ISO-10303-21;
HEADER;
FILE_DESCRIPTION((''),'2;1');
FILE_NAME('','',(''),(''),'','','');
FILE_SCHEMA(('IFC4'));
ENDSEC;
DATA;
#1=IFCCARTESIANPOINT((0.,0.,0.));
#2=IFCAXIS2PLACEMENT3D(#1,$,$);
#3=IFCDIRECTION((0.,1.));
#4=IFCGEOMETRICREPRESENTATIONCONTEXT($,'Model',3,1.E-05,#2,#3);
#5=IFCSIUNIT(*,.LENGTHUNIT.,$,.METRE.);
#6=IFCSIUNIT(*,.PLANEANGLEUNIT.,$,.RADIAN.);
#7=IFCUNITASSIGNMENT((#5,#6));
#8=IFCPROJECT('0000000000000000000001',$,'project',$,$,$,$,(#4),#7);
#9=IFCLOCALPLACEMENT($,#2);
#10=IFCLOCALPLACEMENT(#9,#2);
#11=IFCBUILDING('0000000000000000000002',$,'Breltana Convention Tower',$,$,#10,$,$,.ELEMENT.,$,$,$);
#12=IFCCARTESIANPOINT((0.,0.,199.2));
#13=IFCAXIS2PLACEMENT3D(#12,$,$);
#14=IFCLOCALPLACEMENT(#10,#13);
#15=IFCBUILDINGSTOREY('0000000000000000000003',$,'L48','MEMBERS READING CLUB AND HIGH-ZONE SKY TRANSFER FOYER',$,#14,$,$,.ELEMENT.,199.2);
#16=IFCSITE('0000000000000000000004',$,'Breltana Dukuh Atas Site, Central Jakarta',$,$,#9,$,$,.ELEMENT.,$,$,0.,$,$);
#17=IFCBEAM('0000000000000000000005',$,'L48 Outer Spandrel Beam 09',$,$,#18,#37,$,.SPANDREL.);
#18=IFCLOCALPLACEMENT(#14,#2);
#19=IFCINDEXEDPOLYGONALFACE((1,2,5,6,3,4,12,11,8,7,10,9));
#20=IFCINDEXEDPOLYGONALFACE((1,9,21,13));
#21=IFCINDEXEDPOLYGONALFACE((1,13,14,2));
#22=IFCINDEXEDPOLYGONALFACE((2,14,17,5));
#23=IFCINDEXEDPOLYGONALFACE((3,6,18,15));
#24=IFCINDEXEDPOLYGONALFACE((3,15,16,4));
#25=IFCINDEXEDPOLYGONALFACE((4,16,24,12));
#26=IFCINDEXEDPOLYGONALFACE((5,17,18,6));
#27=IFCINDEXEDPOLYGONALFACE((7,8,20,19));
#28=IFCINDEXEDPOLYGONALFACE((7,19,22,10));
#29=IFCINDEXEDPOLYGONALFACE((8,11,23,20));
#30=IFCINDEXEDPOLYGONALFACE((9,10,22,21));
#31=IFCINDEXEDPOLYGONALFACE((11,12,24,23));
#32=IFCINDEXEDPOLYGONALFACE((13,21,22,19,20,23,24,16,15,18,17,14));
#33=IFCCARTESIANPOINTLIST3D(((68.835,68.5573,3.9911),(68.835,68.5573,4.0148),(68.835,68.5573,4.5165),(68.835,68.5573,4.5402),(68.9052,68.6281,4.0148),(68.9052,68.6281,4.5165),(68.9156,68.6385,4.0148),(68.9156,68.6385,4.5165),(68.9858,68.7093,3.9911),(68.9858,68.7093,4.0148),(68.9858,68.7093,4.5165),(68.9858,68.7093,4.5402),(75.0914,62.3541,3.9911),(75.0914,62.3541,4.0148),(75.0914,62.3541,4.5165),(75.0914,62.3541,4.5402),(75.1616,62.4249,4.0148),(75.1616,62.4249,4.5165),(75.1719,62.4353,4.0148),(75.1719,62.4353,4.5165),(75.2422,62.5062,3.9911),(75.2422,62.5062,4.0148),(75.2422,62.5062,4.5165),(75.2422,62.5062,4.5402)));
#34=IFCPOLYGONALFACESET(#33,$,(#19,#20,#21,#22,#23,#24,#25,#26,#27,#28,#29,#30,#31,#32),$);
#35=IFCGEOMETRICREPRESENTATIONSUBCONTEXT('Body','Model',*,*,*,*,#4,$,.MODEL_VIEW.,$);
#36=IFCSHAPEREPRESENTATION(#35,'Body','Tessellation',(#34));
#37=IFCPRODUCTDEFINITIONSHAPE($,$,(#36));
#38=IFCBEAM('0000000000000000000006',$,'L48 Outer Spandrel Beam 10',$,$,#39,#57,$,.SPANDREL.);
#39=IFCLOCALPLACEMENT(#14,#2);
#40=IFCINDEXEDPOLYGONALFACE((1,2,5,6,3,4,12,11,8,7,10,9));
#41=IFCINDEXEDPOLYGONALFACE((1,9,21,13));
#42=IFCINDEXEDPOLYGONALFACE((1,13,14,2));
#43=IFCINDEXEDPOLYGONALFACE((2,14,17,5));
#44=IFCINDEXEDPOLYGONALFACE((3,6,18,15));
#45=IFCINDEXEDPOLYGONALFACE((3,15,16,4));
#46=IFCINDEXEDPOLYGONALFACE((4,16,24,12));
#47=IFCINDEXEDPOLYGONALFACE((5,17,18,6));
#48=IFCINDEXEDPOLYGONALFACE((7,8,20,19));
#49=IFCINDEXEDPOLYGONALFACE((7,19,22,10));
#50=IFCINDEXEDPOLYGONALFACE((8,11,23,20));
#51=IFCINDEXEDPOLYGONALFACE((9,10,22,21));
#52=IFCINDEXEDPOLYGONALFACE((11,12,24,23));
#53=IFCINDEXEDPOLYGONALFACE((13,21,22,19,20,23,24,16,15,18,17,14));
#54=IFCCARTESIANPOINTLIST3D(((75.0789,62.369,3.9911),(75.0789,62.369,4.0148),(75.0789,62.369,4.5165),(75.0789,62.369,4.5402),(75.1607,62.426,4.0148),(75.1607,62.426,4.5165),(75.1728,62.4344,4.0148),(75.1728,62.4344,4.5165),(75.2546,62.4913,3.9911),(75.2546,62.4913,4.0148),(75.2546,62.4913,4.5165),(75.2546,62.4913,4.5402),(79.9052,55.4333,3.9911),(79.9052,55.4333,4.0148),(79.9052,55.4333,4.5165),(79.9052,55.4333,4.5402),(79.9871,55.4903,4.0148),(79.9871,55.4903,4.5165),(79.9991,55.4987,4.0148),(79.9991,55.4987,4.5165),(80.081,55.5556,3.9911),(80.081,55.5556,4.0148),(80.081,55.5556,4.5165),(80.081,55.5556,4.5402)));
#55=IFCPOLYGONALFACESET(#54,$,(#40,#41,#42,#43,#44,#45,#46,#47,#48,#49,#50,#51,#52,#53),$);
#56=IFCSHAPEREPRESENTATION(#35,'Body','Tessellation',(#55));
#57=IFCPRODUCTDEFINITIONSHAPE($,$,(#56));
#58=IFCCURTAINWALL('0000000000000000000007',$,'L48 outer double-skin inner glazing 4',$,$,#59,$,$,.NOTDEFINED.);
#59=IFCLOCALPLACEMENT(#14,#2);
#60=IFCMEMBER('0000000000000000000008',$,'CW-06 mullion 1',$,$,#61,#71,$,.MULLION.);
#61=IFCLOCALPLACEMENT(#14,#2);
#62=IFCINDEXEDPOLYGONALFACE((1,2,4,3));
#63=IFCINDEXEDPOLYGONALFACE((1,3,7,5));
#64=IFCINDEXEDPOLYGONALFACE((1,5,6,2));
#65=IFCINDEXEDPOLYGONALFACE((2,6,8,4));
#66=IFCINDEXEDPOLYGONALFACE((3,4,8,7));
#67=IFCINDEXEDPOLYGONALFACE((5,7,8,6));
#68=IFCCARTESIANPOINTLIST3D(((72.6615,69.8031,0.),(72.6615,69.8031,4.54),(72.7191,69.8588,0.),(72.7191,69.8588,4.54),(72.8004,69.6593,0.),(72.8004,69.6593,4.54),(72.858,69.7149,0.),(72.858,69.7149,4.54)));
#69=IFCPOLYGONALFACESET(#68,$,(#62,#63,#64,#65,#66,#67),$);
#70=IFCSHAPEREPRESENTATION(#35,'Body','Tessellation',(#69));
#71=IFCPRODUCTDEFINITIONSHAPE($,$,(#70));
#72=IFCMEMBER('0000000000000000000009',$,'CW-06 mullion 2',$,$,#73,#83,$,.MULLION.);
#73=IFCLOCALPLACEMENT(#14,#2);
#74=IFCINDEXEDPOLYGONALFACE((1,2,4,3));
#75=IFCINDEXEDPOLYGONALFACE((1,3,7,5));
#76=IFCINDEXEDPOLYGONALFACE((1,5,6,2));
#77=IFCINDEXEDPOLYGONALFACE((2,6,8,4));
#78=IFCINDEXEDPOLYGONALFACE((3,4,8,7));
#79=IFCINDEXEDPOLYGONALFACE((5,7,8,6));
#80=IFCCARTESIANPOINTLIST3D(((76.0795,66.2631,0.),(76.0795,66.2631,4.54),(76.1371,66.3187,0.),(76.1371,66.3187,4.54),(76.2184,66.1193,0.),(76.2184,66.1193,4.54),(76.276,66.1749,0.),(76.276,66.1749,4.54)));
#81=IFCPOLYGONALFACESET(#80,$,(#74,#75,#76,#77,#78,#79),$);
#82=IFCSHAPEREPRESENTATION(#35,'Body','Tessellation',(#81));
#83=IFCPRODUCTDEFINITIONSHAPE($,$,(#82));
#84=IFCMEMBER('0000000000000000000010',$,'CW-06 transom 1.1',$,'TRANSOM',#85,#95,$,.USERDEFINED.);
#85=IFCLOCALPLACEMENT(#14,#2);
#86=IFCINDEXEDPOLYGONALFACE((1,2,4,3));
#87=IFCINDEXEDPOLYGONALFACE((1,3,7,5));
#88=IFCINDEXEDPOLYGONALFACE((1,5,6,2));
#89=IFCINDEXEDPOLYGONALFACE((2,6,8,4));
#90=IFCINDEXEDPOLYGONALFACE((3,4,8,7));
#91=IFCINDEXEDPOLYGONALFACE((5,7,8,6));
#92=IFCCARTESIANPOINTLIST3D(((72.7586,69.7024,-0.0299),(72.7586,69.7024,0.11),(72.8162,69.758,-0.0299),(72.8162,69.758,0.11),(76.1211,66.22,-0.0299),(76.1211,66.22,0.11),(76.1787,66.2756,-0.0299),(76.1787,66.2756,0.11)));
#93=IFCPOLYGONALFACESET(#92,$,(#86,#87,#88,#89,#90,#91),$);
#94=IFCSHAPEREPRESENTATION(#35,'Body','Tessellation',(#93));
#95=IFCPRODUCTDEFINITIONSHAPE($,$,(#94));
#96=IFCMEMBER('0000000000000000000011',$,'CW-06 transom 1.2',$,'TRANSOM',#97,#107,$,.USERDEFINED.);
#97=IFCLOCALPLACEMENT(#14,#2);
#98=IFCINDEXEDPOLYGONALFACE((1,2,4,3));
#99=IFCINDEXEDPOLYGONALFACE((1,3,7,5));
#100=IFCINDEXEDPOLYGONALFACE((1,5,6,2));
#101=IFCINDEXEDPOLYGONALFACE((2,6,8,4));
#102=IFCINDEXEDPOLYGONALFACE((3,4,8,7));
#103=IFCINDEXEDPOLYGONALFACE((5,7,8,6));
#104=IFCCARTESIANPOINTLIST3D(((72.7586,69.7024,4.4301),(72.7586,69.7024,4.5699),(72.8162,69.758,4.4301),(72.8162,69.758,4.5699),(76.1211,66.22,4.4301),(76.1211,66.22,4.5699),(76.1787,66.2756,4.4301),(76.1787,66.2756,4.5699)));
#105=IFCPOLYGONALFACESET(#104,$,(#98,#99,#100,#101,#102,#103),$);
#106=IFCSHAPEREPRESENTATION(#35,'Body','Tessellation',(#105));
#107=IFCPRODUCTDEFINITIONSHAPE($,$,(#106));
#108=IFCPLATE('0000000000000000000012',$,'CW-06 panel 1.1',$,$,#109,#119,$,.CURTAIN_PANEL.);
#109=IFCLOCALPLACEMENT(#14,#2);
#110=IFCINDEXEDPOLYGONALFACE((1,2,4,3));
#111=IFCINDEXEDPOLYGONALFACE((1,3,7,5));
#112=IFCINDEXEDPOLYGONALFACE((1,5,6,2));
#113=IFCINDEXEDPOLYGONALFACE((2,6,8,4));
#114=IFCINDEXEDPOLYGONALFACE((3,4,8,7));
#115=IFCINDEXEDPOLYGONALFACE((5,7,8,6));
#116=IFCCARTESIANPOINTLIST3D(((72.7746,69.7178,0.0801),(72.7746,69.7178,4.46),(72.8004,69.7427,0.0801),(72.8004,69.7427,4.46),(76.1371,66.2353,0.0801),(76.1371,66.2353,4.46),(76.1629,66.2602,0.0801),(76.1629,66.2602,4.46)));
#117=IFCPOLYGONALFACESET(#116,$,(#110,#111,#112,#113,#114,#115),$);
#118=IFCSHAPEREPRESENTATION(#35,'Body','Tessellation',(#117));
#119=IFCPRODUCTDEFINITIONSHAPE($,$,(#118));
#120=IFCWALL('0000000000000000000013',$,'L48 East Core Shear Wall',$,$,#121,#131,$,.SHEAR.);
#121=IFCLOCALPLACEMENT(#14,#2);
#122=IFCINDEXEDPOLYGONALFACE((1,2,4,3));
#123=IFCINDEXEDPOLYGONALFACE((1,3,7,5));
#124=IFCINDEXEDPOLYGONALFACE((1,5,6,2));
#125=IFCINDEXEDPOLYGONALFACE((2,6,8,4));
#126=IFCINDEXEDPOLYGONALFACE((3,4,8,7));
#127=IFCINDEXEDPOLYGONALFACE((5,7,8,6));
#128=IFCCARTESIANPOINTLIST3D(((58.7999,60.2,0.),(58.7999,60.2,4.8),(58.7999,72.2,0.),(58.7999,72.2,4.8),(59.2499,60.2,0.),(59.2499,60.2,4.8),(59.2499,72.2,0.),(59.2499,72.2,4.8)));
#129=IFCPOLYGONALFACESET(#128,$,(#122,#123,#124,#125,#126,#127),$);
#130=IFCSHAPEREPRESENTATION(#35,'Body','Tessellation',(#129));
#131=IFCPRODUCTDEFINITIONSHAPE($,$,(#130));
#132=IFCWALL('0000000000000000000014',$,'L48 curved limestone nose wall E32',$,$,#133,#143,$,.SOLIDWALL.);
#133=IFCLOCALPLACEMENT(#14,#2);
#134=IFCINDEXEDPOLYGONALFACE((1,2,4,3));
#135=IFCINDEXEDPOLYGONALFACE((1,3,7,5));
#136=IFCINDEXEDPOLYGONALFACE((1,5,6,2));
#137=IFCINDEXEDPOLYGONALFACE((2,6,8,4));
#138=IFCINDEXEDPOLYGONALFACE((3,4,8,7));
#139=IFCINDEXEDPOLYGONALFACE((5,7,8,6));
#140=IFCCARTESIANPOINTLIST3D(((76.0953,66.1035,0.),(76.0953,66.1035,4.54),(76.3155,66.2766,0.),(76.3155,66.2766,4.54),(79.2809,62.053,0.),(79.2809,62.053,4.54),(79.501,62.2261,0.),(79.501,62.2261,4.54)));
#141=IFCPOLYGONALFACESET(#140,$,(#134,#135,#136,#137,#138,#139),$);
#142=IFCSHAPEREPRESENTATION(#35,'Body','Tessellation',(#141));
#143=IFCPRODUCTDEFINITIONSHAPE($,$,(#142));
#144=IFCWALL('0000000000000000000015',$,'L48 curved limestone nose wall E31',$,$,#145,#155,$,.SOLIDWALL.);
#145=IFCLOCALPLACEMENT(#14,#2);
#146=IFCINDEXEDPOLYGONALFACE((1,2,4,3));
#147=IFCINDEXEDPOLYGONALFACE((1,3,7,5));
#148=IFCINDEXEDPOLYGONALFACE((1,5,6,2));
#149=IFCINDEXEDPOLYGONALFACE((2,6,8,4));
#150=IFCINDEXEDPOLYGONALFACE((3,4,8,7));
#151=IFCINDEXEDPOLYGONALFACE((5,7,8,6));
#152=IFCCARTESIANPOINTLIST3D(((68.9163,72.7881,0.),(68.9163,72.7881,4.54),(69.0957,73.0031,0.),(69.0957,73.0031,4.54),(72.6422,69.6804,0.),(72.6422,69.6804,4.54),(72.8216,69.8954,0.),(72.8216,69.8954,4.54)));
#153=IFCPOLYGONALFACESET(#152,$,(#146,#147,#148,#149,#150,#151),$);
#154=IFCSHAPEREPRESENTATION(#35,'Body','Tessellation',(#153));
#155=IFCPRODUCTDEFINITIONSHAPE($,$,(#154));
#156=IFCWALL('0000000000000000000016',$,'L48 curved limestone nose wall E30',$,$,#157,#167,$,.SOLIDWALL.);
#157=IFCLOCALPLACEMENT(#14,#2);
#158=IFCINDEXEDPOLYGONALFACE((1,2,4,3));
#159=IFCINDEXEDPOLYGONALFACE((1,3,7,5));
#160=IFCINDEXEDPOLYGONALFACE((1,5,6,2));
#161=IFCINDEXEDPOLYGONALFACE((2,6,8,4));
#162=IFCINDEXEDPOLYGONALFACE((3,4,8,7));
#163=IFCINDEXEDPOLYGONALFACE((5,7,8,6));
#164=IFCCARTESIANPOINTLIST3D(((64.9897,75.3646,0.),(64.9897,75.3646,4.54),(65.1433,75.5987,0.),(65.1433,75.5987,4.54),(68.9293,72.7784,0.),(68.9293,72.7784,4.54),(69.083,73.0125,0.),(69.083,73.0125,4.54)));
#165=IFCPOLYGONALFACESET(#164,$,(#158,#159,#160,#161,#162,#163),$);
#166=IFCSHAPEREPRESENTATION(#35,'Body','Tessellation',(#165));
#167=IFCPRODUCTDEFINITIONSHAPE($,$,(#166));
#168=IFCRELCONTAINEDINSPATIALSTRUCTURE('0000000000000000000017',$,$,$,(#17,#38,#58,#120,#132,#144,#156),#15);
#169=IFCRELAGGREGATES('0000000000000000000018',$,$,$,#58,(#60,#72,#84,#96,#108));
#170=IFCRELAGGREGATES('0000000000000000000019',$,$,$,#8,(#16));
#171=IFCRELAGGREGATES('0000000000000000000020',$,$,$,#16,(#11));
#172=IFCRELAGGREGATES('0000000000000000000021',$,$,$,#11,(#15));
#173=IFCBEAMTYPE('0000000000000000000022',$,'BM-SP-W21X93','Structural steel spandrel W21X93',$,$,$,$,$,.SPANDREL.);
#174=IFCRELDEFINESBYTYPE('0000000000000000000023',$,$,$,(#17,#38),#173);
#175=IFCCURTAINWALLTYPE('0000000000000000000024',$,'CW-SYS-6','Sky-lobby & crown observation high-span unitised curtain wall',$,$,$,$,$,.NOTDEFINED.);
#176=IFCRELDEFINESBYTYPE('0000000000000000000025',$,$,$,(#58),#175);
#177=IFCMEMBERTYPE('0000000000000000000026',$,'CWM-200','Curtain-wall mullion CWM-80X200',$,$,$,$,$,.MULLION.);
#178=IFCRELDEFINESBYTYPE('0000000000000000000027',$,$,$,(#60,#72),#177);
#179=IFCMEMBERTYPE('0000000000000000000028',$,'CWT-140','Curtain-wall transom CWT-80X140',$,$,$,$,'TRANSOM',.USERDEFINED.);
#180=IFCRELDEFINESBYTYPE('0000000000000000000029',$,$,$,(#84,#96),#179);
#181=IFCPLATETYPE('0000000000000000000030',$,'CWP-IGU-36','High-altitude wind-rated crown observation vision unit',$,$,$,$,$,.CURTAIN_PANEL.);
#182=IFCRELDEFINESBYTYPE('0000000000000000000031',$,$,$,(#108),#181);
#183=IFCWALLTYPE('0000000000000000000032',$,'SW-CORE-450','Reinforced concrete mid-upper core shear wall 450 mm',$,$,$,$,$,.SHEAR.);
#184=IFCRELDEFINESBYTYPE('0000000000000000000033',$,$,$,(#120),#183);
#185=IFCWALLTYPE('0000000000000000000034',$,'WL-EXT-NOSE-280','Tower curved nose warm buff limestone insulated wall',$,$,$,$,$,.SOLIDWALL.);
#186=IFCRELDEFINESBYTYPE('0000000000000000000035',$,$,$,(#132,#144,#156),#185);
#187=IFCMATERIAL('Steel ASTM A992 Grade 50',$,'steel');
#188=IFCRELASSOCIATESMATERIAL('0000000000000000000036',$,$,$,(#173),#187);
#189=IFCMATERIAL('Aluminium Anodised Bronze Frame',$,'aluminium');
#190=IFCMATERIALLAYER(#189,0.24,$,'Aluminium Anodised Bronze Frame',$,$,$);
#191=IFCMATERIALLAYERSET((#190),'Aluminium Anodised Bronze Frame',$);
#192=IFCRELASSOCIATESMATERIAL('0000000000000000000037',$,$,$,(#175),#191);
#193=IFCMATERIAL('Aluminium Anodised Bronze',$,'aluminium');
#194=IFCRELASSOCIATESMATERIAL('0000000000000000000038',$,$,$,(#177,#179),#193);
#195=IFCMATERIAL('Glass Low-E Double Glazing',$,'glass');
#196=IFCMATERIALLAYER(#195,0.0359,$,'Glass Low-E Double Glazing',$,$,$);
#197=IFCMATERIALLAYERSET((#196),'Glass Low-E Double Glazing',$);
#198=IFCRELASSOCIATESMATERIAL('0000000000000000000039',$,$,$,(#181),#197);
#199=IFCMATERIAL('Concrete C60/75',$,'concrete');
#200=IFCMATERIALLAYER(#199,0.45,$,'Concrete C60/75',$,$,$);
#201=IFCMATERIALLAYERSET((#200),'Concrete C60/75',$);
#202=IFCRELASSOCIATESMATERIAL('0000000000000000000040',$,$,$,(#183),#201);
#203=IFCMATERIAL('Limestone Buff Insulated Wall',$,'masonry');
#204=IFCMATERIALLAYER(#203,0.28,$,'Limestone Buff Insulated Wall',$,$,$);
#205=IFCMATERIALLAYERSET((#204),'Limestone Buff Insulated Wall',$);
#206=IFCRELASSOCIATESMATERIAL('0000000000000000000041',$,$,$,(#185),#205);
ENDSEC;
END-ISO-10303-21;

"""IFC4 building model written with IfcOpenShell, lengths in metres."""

from ifc_helpers import new_model, si_unit, direction, frame, frame_2d, origin, origin_2d, place, context, subcontext, project, spatial, rectangle, i_section, extrude, source, transform, mapped, material, layer, layer_set, material_profile, profile_set, type_object, element, aggregate, save


model = new_model("IFC4")

# Units and contexts
model_context = context("Model", 3, precision=1e-05, world=origin(), true_north=direction((0.0, 1.0)))
body_context = subcontext(model_context, "Body", "Model", "MODEL_VIEW")
ifc_project = project(units=[si_unit("LENGTHUNIT", "METRE"), si_unit("PLANEANGLEUNIT", "RADIAN")], contexts=[model_context])

# Site, building, storey
site_placement = place(None, origin())
site = spatial("IfcSite", under=ifc_project, at=site_placement, Name="Breltana Dukuh Atas Site, Central Jakarta", CompositionType="ELEMENT", RefElevation=0.0)
building_placement = place(site_placement, origin())
building = spatial("IfcBuilding", under=site, at=building_placement, Name="Breltana Convention Tower", CompositionType="ELEMENT")
storey_placement = place(building_placement, frame((0.0, 0.0, 199.2)))
storey = spatial("IfcBuildingStorey", under=building, at=storey_placement, Name="L48", Description="MEMBERS READING CLUB AND HIGH-ZONE SKY TRANSFER FOYER", CompositionType="ELEMENT", Elevation=199.2)

# Beams
ifc_material_1 = material(Name="Steel ASTM A992 Grade 50", Category="steel")
ifc_material_profile_1 = material_profile(ifc_material_1, i_section(OverallWidth=0.2141, OverallDepth=0.5491, WebThickness=0.0146, FlangeThickness=0.0237, at=origin_2d()), Name="W21X93")
ifc_profile_set_1 = profile_set([ifc_material_profile_1], Name="Steel ASTM A992 Grade 50")
beam_type_1 = type_object("IfcBeamType", Name="BM-SP-W21X93", Description="Structural steel spandrel W21X93", PredefinedType="SPANDREL", material=ifc_profile_set_1)
shared_shape_1 = source(origin(), body_context, "Body", "SweptSolid", [
    extrude(i_section(OverallWidth=0.2141, OverallDepth=0.5491, WebThickness=0.0146, FlangeThickness=0.0237, at=origin_2d()), origin(), (0.0, 0.0, 1.0), 8.8103),
])
beam_1_placement = place(storey_placement, frame((68.9104, 68.6333, 4.2656), z_axis=(0.710121, -0.70408, 0.0), x_axis=(0.70408, 0.710121, 0.0)))
element("IfcBeam", 1, at=beam_1_placement, inside=storey, type_object=beam_type_1, Name="L48 Outer Spandrel Beam 09", PredefinedType="SPANDREL", context=body_context, shape_type="MappedRepresentation", body=[
    mapped(shared_shape_1, transform((0.0, 0.0, 0.0), scale=1.0)),
])
shared_shape_2 = source(origin(), body_context, "Body", "SweptSolid", [
    extrude(i_section(OverallWidth=0.2141, OverallDepth=0.5491, WebThickness=0.0146, FlangeThickness=0.0237, at=origin_2d()), origin(), (0.0, 0.0, 1.0), 8.4497),
])
beam_2_placement = place(storey_placement, frame((75.1667, 62.4302, 4.2656), z_axis=(0.571186, -0.820821, 0.0), x_axis=(0.820821, 0.571186, 0.0)))
element("IfcBeam", 2, at=beam_2_placement, inside=storey, type_object=beam_type_1, Name="L48 Outer Spandrel Beam 10", PredefinedType="SPANDREL", context=body_context, shape_type="MappedRepresentation", body=[
    mapped(shared_shape_2, transform((0.0, 0.0, 0.0), scale=1.0)),
])

# Curtain wall, members, plate
ifc_material_2 = material(Name="Aluminium Anodised Bronze Frame", Category="aluminium")
ifc_layer_1 = layer(ifc_material_2, 0.24, Name="Aluminium Anodised Bronze Frame")
ifc_layer_set_1 = layer_set([ifc_layer_1], Name="Aluminium Anodised Bronze Frame")
curtain_wall_type = type_object("IfcCurtainWallType", Name="CW-SYS-6", Description="Sky-lobby & crown observation high-span unitised curtain wall", PredefinedType="NOTDEFINED", material=ifc_layer_set_1)
curtain_wall_placement = place(storey_placement, origin())
curtain_wall = element("IfcCurtainWall", 3, at=curtain_wall_placement, inside=storey, type_object=curtain_wall_type, Name="L48 outer double-skin inner glazing 4", PredefinedType="NOTDEFINED")
ifc_material_3 = material(Name="Aluminium Anodised Bronze", Category="aluminium")
ifc_material_profile_2 = material_profile(ifc_material_3, rectangle(XDim=0.0801, YDim=0.2, at=origin_2d()), Name="CWM-80X200")
ifc_profile_set_2 = profile_set([ifc_material_profile_2], Name="Aluminium Anodised Bronze")
member_type_1 = type_object("IfcMemberType", Name="CWM-200", Description="Curtain-wall mullion CWM-80X200", PredefinedType="MULLION", material=ifc_profile_set_2)
shared_shape_3 = source(origin(), body_context, "Body", "SweptSolid", [
    extrude(rectangle(XDim=0.0801, YDim=0.2, at=origin_2d()), origin(), (0.0, 0.0, 1.0), 4.54),
])
member_1_placement = place(storey_placement, frame((72.7598, 69.759, 0.0), z_axis=(0.0, 0.0, 1.0), x_axis=(0.719396, 0.6946, 0.0)))
member_1 = element("IfcMember", 4, at=member_1_placement, type_object=member_type_1, Name="CW-06 mullion 1", PredefinedType="MULLION", context=body_context, shape_type="MappedRepresentation", body=[
    mapped(shared_shape_3, transform((0.0, 0.0, 0.0), scale=1.0)),
])
member_2_placement = place(storey_placement, frame((76.1777, 66.219, 0.0), z_axis=(0.0, 0.0, 1.0), x_axis=(0.719396, 0.6946, 0.0)))
member_2 = element("IfcMember", 5, at=member_2_placement, type_object=member_type_1, Name="CW-06 mullion 2", PredefinedType="MULLION", context=body_context, shape_type="MappedRepresentation", body=[
    mapped(shared_shape_3, transform((0.0, 0.0, 0.0), scale=1.0)),
])
ifc_material_profile_3 = material_profile(ifc_material_3, rectangle(XDim=0.0801, YDim=0.1399, at=origin_2d()), Name="CWT-80X140")
ifc_profile_set_3 = profile_set([ifc_material_profile_3], Name="Aluminium Anodised Bronze")
member_type_2 = type_object("IfcMemberType", Name="CWT-140", Description="Curtain-wall transom CWT-80X140", ElementType="TRANSOM", PredefinedType="USERDEFINED", material=ifc_profile_set_3)
shared_shape_4 = source(origin(), body_context, "Body", "SweptSolid", [
    extrude(rectangle(XDim=0.0801, YDim=0.1399, at=origin_2d()), origin(), (0.0, 0.0, 1.0), 4.8408),
])
member_3_placement = place(storey_placement, frame((72.7874, 69.7302, 0.04), z_axis=(0.694617, -0.71938, 0.0), x_axis=(0.71938, 0.694617, 0.0)))
member_3 = element("IfcMember", 6, at=member_3_placement, type_object=member_type_2, Name="CW-06 transom 1.1", ObjectType="TRANSOM", PredefinedType="USERDEFINED", context=body_context, shape_type="MappedRepresentation", body=[
    mapped(shared_shape_4, transform((0.0, 0.0, 0.0), scale=1.0)),
])
member_4_placement = place(storey_placement, frame((72.7874, 69.7302, 4.5), z_axis=(0.694617, -0.71938, 0.0), x_axis=(0.71938, 0.694617, 0.0)))
member_4 = element("IfcMember", 7, at=member_4_placement, type_object=member_type_2, Name="CW-06 transom 1.2", ObjectType="TRANSOM", PredefinedType="USERDEFINED", context=body_context, shape_type="MappedRepresentation", body=[
    mapped(shared_shape_4, transform((0.0, 0.0, 0.0), scale=1.0)),
])
ifc_material_4 = material(Name="Glass Low-E Double Glazing", Category="glass")
ifc_layer_2 = layer(ifc_material_4, 0.0359, Name="Glass Low-E Double Glazing")
ifc_layer_set_2 = layer_set([ifc_layer_2], Name="Glass Low-E Double Glazing")
plate_type = type_object("IfcPlateType", Name="CWP-IGU-36", Description="High-altitude wind-rated crown observation vision unit", PredefinedType="CURTAIN_PANEL", material=ifc_layer_set_2)
shared_shape_5 = source(origin(), body_context, "Body", "SweptSolid", [
    extrude(rectangle(XDim=4.8408, YDim=0.0359, at=origin_2d()), origin(), (0.0, 0.0, 1.0), 4.3799),
])
plate_placement = place(storey_placement, frame((74.4688, 67.989, 0.0801), z_axis=(0.0, 0.0, 1.0), x_axis=(0.6946, -0.719396, 0.0)))
plate = element("IfcPlate", 8, at=plate_placement, type_object=plate_type, Name="CW-06 panel 1.1", PredefinedType="CURTAIN_PANEL", context=body_context, shape_type="MappedRepresentation", body=[
    mapped(shared_shape_5, transform((0.0, 0.0, 0.0), scale=1.0)),
])
aggregate(curtain_wall, [member_1, member_2, member_3, member_4, plate])

# Walls
ifc_material_5 = material(Name="Concrete C60/75", Category="concrete")
ifc_layer_3 = layer(ifc_material_5, 0.45, Name="Concrete C60/75")
ifc_layer_set_3 = layer_set([ifc_layer_3], Name="Concrete C60/75")
wall_type_1 = type_object("IfcWallType", Name="SW-CORE-450", Description="Reinforced concrete mid-upper core shear wall 450 mm", PredefinedType="SHEAR", material=ifc_layer_set_3)
shared_shape_6 = source(origin(), body_context, "Body", "SweptSolid", [
    extrude(rectangle(XDim=12.0, YDim=0.45, at=frame_2d((6.0, 0.0))), origin(), (0.0, 0.0, 1.0), 4.8),
])
wall_1_placement = place(storey_placement, frame((59.0249, 60.2, 0.0), z_axis=(0.0, 0.0, 1.0), x_axis=(0.0, 1.0, 0.0)))
element("IfcWall", 9, at=wall_1_placement, inside=storey, type_object=wall_type_1, Name="L48 East Core Shear Wall", PredefinedType="SHEAR", context=body_context, shape_type="MappedRepresentation", body=[
    mapped(shared_shape_6, transform((0.0, 0.0, 0.0), scale=1.0)),
])
ifc_material_6 = material(Name="Limestone Buff Insulated Wall", Category="masonry")
ifc_layer_4 = layer(ifc_material_6, 0.28, Name="Limestone Buff Insulated Wall")
ifc_layer_set_4 = layer_set([ifc_layer_4], Name="Limestone Buff Insulated Wall")
wall_type_2 = type_object("IfcWallType", Name="WL-EXT-NOSE-280", Description="Tower curved nose warm buff limestone insulated wall", PredefinedType="SOLIDWALL", material=ifc_layer_set_4)
shared_shape_7 = source(origin(), body_context, "Body", "SweptSolid", [
    extrude(rectangle(XDim=5.1531, YDim=0.28, at=frame_2d((2.5767, 0.0))), origin(), (0.0, 0.0, 1.0), 4.54),
])
wall_2_placement = place(storey_placement, frame((76.2053, 66.1902, 0.0), z_axis=(0.0, 0.0, 1.0), x_axis=(0.618179, -0.786037, 0.0)))
element("IfcWall", 10, at=wall_2_placement, inside=storey, type_object=wall_type_2, Name="L48 curved limestone nose wall E32", PredefinedType="SOLIDWALL", context=body_context, shape_type="MappedRepresentation", body=[
    mapped(shared_shape_7, transform((0.0, 0.0, 0.0), scale=1.0)),
])
shared_shape_8 = source(origin(), body_context, "Body", "SweptSolid", [
    extrude(rectangle(XDim=4.8518, YDim=0.28, at=frame_2d((2.4258, 0.0))), origin(), (0.0, 0.0, 1.0), 4.54),
])
wall_3_placement = place(storey_placement, frame((69.0061, 72.8955, 0.0), z_axis=(0.0, 0.0, 1.0), x_axis=(0.767937, -0.640526, 0.0)))
element("IfcWall", 11, at=wall_3_placement, inside=storey, type_object=wall_type_2, Name="L48 curved limestone nose wall E31", PredefinedType="SOLIDWALL", context=body_context, shape_type="MappedRepresentation", body=[
    mapped(shared_shape_8, transform((0.0, 0.0, 0.0), scale=1.0)),
])
shared_shape_9 = source(origin(), body_context, "Body", "SweptSolid", [
    extrude(rectangle(XDim=4.7126, YDim=0.28, at=frame_2d((2.3564, 0.0))), origin(), (0.0, 0.0, 1.0), 4.54),
])
wall_4_placement = place(storey_placement, frame((65.0664, 75.4817, 0.0), z_axis=(0.0, 0.0, 1.0), x_axis=(0.835974, -0.548768, 0.0)))
element("IfcWall", 12, at=wall_4_placement, inside=storey, type_object=wall_type_2, Name="L48 curved limestone nose wall E30", PredefinedType="SOLIDWALL", context=body_context, shape_type="MappedRepresentation", body=[
    mapped(shared_shape_9, transform((0.0, 0.0, 0.0), scale=1.0)),
])

save(model, "model.ifc")
